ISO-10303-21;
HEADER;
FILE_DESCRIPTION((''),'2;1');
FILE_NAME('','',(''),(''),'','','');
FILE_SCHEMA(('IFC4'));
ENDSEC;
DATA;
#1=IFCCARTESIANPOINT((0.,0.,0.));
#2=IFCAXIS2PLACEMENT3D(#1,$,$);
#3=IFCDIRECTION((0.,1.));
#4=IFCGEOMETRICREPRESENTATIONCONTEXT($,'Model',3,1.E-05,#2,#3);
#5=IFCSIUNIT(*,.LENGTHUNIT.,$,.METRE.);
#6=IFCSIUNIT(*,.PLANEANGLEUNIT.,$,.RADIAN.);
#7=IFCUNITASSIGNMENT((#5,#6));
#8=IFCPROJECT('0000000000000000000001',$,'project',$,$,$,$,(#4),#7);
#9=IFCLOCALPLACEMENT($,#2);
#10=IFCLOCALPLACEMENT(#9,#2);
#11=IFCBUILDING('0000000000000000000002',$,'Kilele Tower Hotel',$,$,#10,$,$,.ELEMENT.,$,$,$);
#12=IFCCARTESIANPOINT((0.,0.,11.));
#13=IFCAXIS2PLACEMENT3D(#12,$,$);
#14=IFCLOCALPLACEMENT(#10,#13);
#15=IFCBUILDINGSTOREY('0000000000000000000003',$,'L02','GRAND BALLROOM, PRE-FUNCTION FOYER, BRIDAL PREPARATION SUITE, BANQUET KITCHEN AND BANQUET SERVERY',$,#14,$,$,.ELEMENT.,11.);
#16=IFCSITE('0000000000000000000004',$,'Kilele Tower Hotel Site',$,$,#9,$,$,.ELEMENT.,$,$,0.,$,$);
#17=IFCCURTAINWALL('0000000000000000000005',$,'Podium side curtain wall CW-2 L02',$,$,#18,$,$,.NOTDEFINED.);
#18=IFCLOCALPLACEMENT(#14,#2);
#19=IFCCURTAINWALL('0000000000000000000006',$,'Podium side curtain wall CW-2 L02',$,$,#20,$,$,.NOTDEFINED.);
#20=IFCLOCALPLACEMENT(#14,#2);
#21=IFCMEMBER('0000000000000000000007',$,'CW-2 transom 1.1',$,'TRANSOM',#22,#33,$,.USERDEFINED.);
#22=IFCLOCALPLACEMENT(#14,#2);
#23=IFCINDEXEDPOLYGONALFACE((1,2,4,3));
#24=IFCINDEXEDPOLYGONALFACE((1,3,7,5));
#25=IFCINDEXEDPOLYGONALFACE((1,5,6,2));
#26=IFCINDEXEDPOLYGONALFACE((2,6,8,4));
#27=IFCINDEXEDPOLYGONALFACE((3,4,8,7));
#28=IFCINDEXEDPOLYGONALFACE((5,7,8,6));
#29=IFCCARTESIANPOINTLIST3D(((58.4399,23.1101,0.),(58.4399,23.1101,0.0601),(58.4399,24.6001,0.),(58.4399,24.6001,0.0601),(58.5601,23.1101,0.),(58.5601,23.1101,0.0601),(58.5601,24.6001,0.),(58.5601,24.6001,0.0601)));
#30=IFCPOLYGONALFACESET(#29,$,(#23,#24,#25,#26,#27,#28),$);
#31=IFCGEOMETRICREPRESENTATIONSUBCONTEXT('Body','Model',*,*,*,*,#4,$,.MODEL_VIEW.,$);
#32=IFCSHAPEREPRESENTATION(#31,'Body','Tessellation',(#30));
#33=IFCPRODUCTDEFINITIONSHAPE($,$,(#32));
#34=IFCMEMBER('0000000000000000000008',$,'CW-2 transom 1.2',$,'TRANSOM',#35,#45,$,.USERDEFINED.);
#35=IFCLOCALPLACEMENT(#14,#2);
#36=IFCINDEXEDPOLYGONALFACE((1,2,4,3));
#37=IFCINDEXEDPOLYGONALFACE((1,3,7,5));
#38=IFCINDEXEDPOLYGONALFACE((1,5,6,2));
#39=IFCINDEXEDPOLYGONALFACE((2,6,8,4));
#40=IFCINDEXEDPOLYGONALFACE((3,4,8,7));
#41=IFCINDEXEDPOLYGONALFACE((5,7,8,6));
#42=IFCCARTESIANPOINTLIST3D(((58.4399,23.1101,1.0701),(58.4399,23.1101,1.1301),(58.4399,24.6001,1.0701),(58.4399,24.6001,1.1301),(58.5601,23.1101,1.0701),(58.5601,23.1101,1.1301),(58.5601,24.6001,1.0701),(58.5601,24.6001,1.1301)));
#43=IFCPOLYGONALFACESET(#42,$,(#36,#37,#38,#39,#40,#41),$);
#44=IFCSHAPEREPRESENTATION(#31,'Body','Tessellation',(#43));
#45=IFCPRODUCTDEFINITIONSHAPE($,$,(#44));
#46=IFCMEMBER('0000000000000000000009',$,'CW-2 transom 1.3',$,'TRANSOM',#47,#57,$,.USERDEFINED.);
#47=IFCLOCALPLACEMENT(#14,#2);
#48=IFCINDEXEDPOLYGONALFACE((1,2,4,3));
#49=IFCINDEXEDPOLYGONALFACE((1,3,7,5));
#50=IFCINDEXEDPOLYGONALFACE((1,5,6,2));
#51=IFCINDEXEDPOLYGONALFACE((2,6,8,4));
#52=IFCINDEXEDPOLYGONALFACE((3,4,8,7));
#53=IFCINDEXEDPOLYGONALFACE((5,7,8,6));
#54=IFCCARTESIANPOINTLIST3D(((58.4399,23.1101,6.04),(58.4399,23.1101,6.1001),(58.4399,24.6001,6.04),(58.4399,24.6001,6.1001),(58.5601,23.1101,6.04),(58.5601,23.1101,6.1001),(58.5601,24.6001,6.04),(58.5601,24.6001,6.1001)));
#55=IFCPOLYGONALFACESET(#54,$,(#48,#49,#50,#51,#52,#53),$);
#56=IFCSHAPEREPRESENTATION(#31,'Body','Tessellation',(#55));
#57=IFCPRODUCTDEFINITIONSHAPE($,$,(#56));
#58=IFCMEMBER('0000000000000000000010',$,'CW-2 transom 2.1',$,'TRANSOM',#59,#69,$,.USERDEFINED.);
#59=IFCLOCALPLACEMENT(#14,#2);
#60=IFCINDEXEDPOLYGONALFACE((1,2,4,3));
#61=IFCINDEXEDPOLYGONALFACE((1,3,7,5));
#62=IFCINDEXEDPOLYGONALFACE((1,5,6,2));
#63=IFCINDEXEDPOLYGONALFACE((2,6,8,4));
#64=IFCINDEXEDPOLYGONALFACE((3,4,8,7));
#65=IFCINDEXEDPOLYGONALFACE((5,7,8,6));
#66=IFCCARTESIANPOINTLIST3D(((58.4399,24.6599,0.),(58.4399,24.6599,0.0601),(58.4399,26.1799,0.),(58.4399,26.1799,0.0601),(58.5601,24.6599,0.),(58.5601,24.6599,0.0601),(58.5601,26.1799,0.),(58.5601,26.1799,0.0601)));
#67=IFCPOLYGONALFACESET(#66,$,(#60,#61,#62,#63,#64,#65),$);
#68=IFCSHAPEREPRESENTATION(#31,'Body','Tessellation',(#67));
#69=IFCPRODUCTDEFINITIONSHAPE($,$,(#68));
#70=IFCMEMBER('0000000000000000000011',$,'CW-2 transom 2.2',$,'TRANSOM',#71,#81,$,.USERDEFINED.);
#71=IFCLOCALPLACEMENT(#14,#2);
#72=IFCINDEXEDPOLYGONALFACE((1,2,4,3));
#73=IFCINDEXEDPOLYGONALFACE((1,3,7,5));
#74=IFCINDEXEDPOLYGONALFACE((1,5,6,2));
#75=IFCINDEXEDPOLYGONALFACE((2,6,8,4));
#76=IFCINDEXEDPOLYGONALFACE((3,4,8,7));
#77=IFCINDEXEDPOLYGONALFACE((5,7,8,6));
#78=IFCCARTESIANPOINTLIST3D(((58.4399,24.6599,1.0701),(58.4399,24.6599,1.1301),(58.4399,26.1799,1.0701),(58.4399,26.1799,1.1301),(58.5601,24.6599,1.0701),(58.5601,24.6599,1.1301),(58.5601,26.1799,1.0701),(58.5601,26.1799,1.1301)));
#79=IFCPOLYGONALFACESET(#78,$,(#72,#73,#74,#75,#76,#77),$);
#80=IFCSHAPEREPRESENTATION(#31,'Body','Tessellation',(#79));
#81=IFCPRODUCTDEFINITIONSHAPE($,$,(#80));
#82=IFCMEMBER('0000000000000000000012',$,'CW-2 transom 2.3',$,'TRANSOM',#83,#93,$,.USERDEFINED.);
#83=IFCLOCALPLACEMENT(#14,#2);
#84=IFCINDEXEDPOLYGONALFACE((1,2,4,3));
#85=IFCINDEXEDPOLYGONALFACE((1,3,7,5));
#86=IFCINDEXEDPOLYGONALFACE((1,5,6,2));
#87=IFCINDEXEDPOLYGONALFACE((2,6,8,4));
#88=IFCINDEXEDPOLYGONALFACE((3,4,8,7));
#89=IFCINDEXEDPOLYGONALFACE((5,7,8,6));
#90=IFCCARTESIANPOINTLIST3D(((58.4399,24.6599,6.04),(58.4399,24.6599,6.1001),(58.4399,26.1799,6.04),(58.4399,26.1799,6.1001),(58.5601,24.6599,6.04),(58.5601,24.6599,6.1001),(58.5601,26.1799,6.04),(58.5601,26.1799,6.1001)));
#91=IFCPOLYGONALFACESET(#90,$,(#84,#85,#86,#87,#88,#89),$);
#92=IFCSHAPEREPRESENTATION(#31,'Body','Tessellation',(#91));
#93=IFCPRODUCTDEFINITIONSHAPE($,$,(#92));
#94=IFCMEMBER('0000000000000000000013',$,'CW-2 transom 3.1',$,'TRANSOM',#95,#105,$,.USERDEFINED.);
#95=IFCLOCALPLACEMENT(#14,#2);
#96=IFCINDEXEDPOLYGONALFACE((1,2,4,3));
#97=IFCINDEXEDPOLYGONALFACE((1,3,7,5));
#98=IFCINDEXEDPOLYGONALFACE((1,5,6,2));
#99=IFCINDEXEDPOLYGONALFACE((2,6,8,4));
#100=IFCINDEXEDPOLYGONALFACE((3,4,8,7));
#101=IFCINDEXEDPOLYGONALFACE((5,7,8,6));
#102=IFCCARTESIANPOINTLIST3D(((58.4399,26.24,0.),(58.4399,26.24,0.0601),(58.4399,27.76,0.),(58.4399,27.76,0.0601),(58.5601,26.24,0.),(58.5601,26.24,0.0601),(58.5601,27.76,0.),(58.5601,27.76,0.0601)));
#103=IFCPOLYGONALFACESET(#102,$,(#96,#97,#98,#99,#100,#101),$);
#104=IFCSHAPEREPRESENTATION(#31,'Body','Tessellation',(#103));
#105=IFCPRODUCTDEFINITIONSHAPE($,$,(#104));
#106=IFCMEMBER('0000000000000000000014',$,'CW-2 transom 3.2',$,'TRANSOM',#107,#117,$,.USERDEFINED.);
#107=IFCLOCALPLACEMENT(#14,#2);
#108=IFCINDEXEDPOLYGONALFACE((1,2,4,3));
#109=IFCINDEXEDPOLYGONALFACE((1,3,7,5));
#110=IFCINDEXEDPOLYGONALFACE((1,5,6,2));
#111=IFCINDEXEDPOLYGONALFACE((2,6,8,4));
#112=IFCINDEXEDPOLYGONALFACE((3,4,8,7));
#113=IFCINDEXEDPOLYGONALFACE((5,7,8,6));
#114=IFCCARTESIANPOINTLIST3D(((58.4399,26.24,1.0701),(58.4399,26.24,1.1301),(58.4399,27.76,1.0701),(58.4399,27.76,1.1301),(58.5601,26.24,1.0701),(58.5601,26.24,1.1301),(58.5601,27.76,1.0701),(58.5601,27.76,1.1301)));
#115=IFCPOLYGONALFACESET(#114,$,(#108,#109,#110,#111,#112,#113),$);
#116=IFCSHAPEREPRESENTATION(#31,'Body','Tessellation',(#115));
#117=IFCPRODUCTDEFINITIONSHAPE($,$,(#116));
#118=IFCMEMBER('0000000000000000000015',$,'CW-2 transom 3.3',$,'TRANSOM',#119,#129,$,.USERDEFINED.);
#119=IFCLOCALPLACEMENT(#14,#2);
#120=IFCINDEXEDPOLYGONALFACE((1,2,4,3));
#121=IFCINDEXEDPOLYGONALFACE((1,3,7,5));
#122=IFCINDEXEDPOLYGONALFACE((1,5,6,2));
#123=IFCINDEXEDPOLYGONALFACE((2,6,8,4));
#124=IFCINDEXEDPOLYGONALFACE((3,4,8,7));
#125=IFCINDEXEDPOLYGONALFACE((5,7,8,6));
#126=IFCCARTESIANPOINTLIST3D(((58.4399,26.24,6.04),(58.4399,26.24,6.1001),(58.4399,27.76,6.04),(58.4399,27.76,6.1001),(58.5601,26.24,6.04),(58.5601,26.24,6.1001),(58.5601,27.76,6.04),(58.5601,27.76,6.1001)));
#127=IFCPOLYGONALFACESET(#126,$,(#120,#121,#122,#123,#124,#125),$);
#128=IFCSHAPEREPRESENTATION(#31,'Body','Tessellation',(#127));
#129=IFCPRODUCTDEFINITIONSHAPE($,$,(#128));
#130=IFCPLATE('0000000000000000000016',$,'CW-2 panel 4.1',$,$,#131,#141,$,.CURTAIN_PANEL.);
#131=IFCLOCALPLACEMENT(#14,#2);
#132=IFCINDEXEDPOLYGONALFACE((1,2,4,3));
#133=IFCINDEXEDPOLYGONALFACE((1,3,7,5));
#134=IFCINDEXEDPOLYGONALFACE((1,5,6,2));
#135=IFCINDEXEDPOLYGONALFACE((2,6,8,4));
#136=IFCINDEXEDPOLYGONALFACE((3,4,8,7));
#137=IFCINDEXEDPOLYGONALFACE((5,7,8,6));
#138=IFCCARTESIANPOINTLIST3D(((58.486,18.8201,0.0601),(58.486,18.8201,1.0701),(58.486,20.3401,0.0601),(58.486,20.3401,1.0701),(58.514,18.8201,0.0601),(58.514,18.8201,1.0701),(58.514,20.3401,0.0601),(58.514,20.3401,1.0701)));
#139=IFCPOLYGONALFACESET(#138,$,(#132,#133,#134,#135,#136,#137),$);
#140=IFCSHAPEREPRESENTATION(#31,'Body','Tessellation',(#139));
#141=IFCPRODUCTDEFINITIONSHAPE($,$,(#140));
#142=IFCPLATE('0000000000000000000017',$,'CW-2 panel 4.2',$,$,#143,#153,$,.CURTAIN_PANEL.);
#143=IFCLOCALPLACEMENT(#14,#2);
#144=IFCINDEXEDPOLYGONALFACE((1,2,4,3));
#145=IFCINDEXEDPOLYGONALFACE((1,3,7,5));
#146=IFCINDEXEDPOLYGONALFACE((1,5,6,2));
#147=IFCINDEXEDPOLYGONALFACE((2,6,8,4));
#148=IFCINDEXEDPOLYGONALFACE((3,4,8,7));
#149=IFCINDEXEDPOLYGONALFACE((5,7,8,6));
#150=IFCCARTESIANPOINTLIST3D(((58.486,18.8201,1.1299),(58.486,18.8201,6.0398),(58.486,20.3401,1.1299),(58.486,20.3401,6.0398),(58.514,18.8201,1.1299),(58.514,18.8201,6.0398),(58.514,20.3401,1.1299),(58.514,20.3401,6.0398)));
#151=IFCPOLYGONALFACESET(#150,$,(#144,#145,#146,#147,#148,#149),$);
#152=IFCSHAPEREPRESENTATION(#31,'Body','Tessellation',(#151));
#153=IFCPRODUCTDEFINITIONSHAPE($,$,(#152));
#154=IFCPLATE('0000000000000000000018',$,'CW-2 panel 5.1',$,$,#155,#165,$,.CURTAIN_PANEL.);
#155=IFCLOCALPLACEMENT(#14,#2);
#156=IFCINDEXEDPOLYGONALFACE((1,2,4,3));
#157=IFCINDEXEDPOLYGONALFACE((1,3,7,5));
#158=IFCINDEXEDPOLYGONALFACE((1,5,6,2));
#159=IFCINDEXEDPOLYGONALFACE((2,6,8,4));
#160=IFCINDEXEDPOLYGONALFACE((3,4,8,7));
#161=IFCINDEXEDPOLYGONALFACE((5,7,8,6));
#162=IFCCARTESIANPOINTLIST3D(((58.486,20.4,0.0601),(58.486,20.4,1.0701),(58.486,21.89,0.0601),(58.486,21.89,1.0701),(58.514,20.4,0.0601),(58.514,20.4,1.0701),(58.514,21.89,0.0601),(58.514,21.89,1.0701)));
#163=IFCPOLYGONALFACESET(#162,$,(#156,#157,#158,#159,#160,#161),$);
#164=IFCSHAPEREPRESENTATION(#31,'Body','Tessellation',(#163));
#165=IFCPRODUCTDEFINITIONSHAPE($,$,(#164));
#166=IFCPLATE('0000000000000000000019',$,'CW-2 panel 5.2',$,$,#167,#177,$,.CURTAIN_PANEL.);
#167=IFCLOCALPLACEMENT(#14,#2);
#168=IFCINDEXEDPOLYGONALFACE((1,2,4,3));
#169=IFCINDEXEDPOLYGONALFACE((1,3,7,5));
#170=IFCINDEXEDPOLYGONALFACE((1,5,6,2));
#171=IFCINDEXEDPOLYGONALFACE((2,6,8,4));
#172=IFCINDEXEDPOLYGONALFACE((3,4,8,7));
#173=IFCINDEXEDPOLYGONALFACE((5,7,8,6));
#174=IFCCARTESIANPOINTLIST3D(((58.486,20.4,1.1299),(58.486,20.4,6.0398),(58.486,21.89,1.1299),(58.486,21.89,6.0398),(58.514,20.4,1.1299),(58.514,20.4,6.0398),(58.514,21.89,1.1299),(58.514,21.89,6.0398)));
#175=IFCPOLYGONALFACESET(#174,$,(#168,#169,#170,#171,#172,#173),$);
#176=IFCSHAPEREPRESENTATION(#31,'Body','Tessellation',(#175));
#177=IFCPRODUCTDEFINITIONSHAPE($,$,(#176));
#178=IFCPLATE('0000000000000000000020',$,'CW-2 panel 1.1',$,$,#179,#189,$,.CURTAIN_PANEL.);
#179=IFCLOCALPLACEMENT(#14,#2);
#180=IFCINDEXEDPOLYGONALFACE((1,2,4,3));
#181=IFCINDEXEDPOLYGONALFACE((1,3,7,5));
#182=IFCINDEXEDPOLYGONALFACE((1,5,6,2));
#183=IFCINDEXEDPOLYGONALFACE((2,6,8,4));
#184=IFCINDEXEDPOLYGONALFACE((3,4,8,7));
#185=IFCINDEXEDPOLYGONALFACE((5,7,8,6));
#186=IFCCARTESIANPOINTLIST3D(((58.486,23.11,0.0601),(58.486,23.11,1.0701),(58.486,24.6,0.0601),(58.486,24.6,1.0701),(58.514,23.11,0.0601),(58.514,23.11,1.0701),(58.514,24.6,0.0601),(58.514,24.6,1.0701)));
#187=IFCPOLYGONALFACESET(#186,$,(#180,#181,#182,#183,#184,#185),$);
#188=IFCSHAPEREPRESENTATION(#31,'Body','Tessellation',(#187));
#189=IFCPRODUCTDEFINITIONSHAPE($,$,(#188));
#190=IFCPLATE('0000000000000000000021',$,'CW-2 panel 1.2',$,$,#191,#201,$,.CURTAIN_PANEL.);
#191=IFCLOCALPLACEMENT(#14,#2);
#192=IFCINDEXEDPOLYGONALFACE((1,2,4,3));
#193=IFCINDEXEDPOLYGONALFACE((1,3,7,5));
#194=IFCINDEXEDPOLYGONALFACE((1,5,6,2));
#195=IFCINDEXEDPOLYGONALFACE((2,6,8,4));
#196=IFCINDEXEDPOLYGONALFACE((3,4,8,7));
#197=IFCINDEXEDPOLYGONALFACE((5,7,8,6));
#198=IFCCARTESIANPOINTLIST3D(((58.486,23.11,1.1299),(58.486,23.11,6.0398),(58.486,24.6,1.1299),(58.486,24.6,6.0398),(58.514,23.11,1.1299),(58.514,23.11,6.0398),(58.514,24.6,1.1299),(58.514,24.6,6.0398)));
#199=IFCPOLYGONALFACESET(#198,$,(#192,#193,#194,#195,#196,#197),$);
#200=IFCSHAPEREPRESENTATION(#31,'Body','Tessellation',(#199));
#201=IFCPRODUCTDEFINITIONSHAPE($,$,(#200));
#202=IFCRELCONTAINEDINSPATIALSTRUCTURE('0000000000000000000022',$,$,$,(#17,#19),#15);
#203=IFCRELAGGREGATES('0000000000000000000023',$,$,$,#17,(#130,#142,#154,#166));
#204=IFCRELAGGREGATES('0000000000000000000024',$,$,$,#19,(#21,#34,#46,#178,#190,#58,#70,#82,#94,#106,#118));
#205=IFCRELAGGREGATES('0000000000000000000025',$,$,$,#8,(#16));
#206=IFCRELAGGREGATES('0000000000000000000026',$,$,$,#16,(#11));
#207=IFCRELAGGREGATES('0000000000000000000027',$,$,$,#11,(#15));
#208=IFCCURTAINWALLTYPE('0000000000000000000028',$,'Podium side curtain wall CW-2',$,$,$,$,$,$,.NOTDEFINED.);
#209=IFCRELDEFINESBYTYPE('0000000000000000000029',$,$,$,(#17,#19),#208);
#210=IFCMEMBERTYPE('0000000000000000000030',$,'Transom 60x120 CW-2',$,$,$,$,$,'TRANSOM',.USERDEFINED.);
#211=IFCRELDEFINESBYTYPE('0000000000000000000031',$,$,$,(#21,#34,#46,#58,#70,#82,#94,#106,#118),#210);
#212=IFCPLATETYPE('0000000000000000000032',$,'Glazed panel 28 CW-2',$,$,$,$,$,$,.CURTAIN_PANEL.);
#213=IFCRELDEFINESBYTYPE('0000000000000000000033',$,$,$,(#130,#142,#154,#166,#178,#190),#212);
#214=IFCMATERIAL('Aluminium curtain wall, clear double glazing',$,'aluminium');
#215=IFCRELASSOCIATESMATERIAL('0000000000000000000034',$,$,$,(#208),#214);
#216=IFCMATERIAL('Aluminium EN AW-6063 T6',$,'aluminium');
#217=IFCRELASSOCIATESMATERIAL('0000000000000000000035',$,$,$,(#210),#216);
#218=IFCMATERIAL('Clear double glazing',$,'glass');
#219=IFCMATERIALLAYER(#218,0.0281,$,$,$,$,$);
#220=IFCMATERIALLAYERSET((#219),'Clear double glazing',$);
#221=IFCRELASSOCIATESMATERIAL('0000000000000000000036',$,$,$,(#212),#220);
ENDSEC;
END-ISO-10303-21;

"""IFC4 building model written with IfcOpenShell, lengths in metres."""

from ifc_helpers import new_model, si_unit, direction, frame, origin, origin_2d, place, context, subcontext, project, spatial, rectangle, extrude, material, layer, layer_set, material_profile, profile_set, type_object, element, aggregate, save


model = new_model("IFC4")

# Units and contexts
model_context = context("Model", 3, precision=1e-05, world=origin(), true_north=direction((0.0, 1.0)))
body_context = subcontext(model_context, "Body", "Model", "MODEL_VIEW")
ifc_project = project(units=[si_unit("LENGTHUNIT", "METRE"), si_unit("PLANEANGLEUNIT", "RADIAN")], contexts=[model_context])

# Site, building, storey
site_placement = place(None, origin())
site = spatial("IfcSite", under=ifc_project, at=site_placement, Name="Kilele Tower Hotel Site", CompositionType="ELEMENT", RefElevation=0.0)
building_placement = place(site_placement, origin())
building = spatial("IfcBuilding", under=site, at=building_placement, Name="Kilele Tower Hotel", CompositionType="ELEMENT")
storey_placement = place(building_placement, frame((0.0, 0.0, 11.0)))
storey = spatial("IfcBuildingStorey", under=building, at=storey_placement, Name="L02", Description="GRAND BALLROOM, PRE-FUNCTION FOYER, BRIDAL PREPARATION SUITE, BANQUET KITCHEN AND BANQUET SERVERY", CompositionType="ELEMENT", Elevation=11.0)

# Curtain walls
ifc_material_1 = material(Name="Aluminium curtain wall, clear double glazing", Category="aluminium")
curtain_wall_type = type_object("IfcCurtainWallType", Name="Podium side curtain wall CW-2", PredefinedType="NOTDEFINED", material=ifc_material_1)
curtain_wall_1_placement = place(storey_placement, origin())
curtain_wall_1 = element("IfcCurtainWall", 1, at=curtain_wall_1_placement, inside=storey, type_object=curtain_wall_type, Name="Podium side curtain wall CW-2 L02", PredefinedType="NOTDEFINED")
curtain_wall_2_placement = place(storey_placement, origin())
curtain_wall_2 = element("IfcCurtainWall", 2, at=curtain_wall_2_placement, inside=storey, type_object=curtain_wall_type, Name="Podium side curtain wall CW-2 L02", PredefinedType="NOTDEFINED")

# Members
ifc_material_2 = material(Name="Aluminium EN AW-6063 T6", Category="aluminium")
ifc_material_profile_1 = material_profile(ifc_material_2, rectangle(XDim=0.1201, YDim=0.0601, at=origin_2d()))
ifc_profile_set_1 = profile_set([ifc_material_profile_1], Name="Aluminium EN AW-6063 T6")
member_type_1 = type_object("IfcMemberType", Name="Transom 60x120 CW-2", ElementType="TRANSOM", PredefinedType="USERDEFINED", material=ifc_profile_set_1)
member_1_placement = place(storey_placement, frame((58.5, 23.1101, 0.03), z_axis=(0.0, 1.0, 0.0), x_axis=(-1.0, 0.0, 0.0)))
member_1 = element("IfcMember", 3, at=member_1_placement, type_object=member_type_1, Name="CW-2 transom 1.1", ObjectType="TRANSOM", PredefinedType="USERDEFINED", context=body_context, shape_type="SweptSolid", body=[
    extrude(rectangle(XDim=0.1201, YDim=0.0601, at=origin_2d()), origin(), (0.0, 0.0, 1.0), 1.49),
])
member_2_placement = place(storey_placement, frame((58.5, 23.1101, 1.1001), z_axis=(0.0, 1.0, 0.0), x_axis=(-1.0, 0.0, 0.0)))
member_2 = element("IfcMember", 4, at=member_2_placement, type_object=member_type_1, Name="CW-2 transom 1.2", ObjectType="TRANSOM", PredefinedType="USERDEFINED", context=body_context, shape_type="SweptSolid", body=[
    extrude(rectangle(XDim=0.1201, YDim=0.0601, at=origin_2d()), origin(), (0.0, 0.0, 1.0), 1.49),
])
member_3_placement = place(storey_placement, frame((58.5, 23.1101, 6.0701), z_axis=(0.0, 1.0, 0.0), x_axis=(-1.0, 0.0, 0.0)))
member_3 = element("IfcMember", 5, at=member_3_placement, type_object=member_type_1, Name="CW-2 transom 1.3", ObjectType="TRANSOM", PredefinedType="USERDEFINED", context=body_context, shape_type="SweptSolid", body=[
    extrude(rectangle(XDim=0.1201, YDim=0.0601, at=origin_2d()), origin(), (0.0, 0.0, 1.0), 1.49),
])
member_4_placement = place(storey_placement, frame((58.5, 24.6599, 0.03), z_axis=(0.0, 1.0, 0.0), x_axis=(-1.0, 0.0, 0.0)))
member_4 = element("IfcMember", 6, at=member_4_placement, type_object=member_type_1, Name="CW-2 transom 2.1", ObjectType="TRANSOM", PredefinedType="USERDEFINED", context=body_context, shape_type="SweptSolid", body=[
    extrude(rectangle(XDim=0.1201, YDim=0.0601, at=origin_2d()), origin(), (0.0, 0.0, 1.0), 1.52),
])
member_5_placement = place(storey_placement, frame((58.5, 24.6599, 1.1001), z_axis=(0.0, 1.0, 0.0), x_axis=(-1.0, 0.0, 0.0)))
member_5 = element("IfcMember", 7, at=member_5_placement, type_object=member_type_1, Name="CW-2 transom 2.2", ObjectType="TRANSOM", PredefinedType="USERDEFINED", context=body_context, shape_type="SweptSolid", body=[
    extrude(rectangle(XDim=0.1201, YDim=0.0601, at=origin_2d()), origin(), (0.0, 0.0, 1.0), 1.52),
])
member_6_placement = place(storey_placement, frame((58.5, 24.6599, 6.0701), z_axis=(0.0, 1.0, 0.0), x_axis=(-1.0, 0.0, 0.0)))
member_6 = element("IfcMember", 8, at=member_6_placement, type_object=member_type_1, Name="CW-2 transom 2.3", ObjectType="TRANSOM", PredefinedType="USERDEFINED", context=body_context, shape_type="SweptSolid", body=[
    extrude(rectangle(XDim=0.1201, YDim=0.0601, at=origin_2d()), origin(), (0.0, 0.0, 1.0), 1.52),
])
member_7_placement = place(storey_placement, frame((58.5, 26.24, 0.03), z_axis=(0.0, 1.0, 0.0), x_axis=(-1.0, 0.0, 0.0)))
member_7 = element("IfcMember", 9, at=member_7_placement, type_object=member_type_1, Name="CW-2 transom 3.1", ObjectType="TRANSOM", PredefinedType="USERDEFINED", context=body_context, shape_type="SweptSolid", body=[
    extrude(rectangle(XDim=0.1201, YDim=0.0601, at=origin_2d()), origin(), (0.0, 0.0, 1.0), 1.52),
])
member_8_placement = place(storey_placement, frame((58.5, 26.24, 1.1001), z_axis=(0.0, 1.0, 0.0), x_axis=(-1.0, 0.0, 0.0)))
member_8 = element("IfcMember", 10, at=member_8_placement, type_object=member_type_1, Name="CW-2 transom 3.2", ObjectType="TRANSOM", PredefinedType="USERDEFINED", context=body_context, shape_type="SweptSolid", body=[
    extrude(rectangle(XDim=0.1201, YDim=0.0601, at=origin_2d()), origin(), (0.0, 0.0, 1.0), 1.52),
])
member_9_placement = place(storey_placement, frame((58.5, 26.24, 6.0701), z_axis=(0.0, 1.0, 0.0), x_axis=(-1.0, 0.0, 0.0)))
member_9 = element("IfcMember", 11, at=member_9_placement, type_object=member_type_1, Name="CW-2 transom 3.3", ObjectType="TRANSOM", PredefinedType="USERDEFINED", context=body_context, shape_type="SweptSolid", body=[
    extrude(rectangle(XDim=0.1201, YDim=0.0601, at=origin_2d()), origin(), (0.0, 0.0, 1.0), 1.52),
])

# Plates
ifc_material_3 = material(Name="Clear double glazing", Category="glass")
ifc_layer_1 = layer(ifc_material_3, 0.0281)
ifc_layer_set_1 = layer_set([ifc_layer_1], Name="Clear double glazing")
plate_type = type_object("IfcPlateType", Name="Glazed panel 28 CW-2", PredefinedType="CURTAIN_PANEL", material=ifc_layer_set_1)
plate_1_placement = place(storey_placement, frame((58.5, 19.5801, 0.0601), z_axis=(0.0, 0.0, 1.0), x_axis=(0.0, 1.0, 0.0)))
plate_1 = element("IfcPlate", 12, at=plate_1_placement, type_object=plate_type, Name="CW-2 panel 4.1", PredefinedType="CURTAIN_PANEL", context=body_context, shape_type="SweptSolid", body=[
    extrude(rectangle(XDim=1.52, YDim=0.0281, at=origin_2d()), origin(), (0.0, 0.0, 1.0), 1.01),
])
plate_2_placement = place(storey_placement, frame((58.5, 19.5801, 1.1299), z_axis=(0.0, 0.0, 1.0), x_axis=(0.0, 1.0, 0.0)))
plate_2 = element("IfcPlate", 13, at=plate_2_placement, type_object=plate_type, Name="CW-2 panel 4.2", PredefinedType="CURTAIN_PANEL", context=body_context, shape_type="SweptSolid", body=[
    extrude(rectangle(XDim=1.52, YDim=0.0281, at=origin_2d()), origin(), (0.0, 0.0, 1.0), 4.9099),
])
plate_3_placement = place(storey_placement, frame((58.5, 21.145, 0.0601), z_axis=(0.0, 0.0, 1.0), x_axis=(0.0, 1.0, 0.0)))
plate_3 = element("IfcPlate", 14, at=plate_3_placement, type_object=plate_type, Name="CW-2 panel 5.1", PredefinedType="CURTAIN_PANEL", context=body_context, shape_type="SweptSolid", body=[
    extrude(rectangle(XDim=1.49, YDim=0.0281, at=origin_2d()), origin(), (0.0, 0.0, 1.0), 1.01),
])
plate_4_placement = place(storey_placement, frame((58.5, 21.145, 1.1299), z_axis=(0.0, 0.0, 1.0), x_axis=(0.0, 1.0, 0.0)))
plate_4 = element("IfcPlate", 15, at=plate_4_placement, type_object=plate_type, Name="CW-2 panel 5.2", PredefinedType="CURTAIN_PANEL", context=body_context, shape_type="SweptSolid", body=[
    extrude(rectangle(XDim=1.49, YDim=0.0281, at=origin_2d()), origin(), (0.0, 0.0, 1.0), 4.9099),
])
aggregate(curtain_wall_1, [plate_1, plate_2, plate_3, plate_4])
plate_5_placement = place(storey_placement, frame((58.5, 23.855, 0.0601), z_axis=(0.0, 0.0, 1.0), x_axis=(0.0, 1.0, 0.0)))
plate_5 = element("IfcPlate", 16, at=plate_5_placement, type_object=plate_type, Name="CW-2 panel 1.1", PredefinedType="CURTAIN_PANEL", context=body_context, shape_type="SweptSolid", body=[
    extrude(rectangle(XDim=1.49, YDim=0.0281, at=origin_2d()), origin(), (0.0, 0.0, 1.0), 1.01),
])
plate_6_placement = place(storey_placement, frame((58.5, 23.855, 1.1299), z_axis=(0.0, 0.0, 1.0), x_axis=(0.0, 1.0, 0.0)))
plate_6 = element("IfcPlate", 17, at=plate_6_placement, type_object=plate_type, Name="CW-2 panel 1.2", PredefinedType="CURTAIN_PANEL", context=body_context, shape_type="SweptSolid", body=[
    extrude(rectangle(XDim=1.49, YDim=0.0281, at=origin_2d()), origin(), (0.0, 0.0, 1.0), 4.9099),
])
aggregate(curtain_wall_2, [member_1, member_2, member_3, plate_5, plate_6, member_4, member_5, member_6, member_7, member_8, member_9])

save(model, "model.ifc")
